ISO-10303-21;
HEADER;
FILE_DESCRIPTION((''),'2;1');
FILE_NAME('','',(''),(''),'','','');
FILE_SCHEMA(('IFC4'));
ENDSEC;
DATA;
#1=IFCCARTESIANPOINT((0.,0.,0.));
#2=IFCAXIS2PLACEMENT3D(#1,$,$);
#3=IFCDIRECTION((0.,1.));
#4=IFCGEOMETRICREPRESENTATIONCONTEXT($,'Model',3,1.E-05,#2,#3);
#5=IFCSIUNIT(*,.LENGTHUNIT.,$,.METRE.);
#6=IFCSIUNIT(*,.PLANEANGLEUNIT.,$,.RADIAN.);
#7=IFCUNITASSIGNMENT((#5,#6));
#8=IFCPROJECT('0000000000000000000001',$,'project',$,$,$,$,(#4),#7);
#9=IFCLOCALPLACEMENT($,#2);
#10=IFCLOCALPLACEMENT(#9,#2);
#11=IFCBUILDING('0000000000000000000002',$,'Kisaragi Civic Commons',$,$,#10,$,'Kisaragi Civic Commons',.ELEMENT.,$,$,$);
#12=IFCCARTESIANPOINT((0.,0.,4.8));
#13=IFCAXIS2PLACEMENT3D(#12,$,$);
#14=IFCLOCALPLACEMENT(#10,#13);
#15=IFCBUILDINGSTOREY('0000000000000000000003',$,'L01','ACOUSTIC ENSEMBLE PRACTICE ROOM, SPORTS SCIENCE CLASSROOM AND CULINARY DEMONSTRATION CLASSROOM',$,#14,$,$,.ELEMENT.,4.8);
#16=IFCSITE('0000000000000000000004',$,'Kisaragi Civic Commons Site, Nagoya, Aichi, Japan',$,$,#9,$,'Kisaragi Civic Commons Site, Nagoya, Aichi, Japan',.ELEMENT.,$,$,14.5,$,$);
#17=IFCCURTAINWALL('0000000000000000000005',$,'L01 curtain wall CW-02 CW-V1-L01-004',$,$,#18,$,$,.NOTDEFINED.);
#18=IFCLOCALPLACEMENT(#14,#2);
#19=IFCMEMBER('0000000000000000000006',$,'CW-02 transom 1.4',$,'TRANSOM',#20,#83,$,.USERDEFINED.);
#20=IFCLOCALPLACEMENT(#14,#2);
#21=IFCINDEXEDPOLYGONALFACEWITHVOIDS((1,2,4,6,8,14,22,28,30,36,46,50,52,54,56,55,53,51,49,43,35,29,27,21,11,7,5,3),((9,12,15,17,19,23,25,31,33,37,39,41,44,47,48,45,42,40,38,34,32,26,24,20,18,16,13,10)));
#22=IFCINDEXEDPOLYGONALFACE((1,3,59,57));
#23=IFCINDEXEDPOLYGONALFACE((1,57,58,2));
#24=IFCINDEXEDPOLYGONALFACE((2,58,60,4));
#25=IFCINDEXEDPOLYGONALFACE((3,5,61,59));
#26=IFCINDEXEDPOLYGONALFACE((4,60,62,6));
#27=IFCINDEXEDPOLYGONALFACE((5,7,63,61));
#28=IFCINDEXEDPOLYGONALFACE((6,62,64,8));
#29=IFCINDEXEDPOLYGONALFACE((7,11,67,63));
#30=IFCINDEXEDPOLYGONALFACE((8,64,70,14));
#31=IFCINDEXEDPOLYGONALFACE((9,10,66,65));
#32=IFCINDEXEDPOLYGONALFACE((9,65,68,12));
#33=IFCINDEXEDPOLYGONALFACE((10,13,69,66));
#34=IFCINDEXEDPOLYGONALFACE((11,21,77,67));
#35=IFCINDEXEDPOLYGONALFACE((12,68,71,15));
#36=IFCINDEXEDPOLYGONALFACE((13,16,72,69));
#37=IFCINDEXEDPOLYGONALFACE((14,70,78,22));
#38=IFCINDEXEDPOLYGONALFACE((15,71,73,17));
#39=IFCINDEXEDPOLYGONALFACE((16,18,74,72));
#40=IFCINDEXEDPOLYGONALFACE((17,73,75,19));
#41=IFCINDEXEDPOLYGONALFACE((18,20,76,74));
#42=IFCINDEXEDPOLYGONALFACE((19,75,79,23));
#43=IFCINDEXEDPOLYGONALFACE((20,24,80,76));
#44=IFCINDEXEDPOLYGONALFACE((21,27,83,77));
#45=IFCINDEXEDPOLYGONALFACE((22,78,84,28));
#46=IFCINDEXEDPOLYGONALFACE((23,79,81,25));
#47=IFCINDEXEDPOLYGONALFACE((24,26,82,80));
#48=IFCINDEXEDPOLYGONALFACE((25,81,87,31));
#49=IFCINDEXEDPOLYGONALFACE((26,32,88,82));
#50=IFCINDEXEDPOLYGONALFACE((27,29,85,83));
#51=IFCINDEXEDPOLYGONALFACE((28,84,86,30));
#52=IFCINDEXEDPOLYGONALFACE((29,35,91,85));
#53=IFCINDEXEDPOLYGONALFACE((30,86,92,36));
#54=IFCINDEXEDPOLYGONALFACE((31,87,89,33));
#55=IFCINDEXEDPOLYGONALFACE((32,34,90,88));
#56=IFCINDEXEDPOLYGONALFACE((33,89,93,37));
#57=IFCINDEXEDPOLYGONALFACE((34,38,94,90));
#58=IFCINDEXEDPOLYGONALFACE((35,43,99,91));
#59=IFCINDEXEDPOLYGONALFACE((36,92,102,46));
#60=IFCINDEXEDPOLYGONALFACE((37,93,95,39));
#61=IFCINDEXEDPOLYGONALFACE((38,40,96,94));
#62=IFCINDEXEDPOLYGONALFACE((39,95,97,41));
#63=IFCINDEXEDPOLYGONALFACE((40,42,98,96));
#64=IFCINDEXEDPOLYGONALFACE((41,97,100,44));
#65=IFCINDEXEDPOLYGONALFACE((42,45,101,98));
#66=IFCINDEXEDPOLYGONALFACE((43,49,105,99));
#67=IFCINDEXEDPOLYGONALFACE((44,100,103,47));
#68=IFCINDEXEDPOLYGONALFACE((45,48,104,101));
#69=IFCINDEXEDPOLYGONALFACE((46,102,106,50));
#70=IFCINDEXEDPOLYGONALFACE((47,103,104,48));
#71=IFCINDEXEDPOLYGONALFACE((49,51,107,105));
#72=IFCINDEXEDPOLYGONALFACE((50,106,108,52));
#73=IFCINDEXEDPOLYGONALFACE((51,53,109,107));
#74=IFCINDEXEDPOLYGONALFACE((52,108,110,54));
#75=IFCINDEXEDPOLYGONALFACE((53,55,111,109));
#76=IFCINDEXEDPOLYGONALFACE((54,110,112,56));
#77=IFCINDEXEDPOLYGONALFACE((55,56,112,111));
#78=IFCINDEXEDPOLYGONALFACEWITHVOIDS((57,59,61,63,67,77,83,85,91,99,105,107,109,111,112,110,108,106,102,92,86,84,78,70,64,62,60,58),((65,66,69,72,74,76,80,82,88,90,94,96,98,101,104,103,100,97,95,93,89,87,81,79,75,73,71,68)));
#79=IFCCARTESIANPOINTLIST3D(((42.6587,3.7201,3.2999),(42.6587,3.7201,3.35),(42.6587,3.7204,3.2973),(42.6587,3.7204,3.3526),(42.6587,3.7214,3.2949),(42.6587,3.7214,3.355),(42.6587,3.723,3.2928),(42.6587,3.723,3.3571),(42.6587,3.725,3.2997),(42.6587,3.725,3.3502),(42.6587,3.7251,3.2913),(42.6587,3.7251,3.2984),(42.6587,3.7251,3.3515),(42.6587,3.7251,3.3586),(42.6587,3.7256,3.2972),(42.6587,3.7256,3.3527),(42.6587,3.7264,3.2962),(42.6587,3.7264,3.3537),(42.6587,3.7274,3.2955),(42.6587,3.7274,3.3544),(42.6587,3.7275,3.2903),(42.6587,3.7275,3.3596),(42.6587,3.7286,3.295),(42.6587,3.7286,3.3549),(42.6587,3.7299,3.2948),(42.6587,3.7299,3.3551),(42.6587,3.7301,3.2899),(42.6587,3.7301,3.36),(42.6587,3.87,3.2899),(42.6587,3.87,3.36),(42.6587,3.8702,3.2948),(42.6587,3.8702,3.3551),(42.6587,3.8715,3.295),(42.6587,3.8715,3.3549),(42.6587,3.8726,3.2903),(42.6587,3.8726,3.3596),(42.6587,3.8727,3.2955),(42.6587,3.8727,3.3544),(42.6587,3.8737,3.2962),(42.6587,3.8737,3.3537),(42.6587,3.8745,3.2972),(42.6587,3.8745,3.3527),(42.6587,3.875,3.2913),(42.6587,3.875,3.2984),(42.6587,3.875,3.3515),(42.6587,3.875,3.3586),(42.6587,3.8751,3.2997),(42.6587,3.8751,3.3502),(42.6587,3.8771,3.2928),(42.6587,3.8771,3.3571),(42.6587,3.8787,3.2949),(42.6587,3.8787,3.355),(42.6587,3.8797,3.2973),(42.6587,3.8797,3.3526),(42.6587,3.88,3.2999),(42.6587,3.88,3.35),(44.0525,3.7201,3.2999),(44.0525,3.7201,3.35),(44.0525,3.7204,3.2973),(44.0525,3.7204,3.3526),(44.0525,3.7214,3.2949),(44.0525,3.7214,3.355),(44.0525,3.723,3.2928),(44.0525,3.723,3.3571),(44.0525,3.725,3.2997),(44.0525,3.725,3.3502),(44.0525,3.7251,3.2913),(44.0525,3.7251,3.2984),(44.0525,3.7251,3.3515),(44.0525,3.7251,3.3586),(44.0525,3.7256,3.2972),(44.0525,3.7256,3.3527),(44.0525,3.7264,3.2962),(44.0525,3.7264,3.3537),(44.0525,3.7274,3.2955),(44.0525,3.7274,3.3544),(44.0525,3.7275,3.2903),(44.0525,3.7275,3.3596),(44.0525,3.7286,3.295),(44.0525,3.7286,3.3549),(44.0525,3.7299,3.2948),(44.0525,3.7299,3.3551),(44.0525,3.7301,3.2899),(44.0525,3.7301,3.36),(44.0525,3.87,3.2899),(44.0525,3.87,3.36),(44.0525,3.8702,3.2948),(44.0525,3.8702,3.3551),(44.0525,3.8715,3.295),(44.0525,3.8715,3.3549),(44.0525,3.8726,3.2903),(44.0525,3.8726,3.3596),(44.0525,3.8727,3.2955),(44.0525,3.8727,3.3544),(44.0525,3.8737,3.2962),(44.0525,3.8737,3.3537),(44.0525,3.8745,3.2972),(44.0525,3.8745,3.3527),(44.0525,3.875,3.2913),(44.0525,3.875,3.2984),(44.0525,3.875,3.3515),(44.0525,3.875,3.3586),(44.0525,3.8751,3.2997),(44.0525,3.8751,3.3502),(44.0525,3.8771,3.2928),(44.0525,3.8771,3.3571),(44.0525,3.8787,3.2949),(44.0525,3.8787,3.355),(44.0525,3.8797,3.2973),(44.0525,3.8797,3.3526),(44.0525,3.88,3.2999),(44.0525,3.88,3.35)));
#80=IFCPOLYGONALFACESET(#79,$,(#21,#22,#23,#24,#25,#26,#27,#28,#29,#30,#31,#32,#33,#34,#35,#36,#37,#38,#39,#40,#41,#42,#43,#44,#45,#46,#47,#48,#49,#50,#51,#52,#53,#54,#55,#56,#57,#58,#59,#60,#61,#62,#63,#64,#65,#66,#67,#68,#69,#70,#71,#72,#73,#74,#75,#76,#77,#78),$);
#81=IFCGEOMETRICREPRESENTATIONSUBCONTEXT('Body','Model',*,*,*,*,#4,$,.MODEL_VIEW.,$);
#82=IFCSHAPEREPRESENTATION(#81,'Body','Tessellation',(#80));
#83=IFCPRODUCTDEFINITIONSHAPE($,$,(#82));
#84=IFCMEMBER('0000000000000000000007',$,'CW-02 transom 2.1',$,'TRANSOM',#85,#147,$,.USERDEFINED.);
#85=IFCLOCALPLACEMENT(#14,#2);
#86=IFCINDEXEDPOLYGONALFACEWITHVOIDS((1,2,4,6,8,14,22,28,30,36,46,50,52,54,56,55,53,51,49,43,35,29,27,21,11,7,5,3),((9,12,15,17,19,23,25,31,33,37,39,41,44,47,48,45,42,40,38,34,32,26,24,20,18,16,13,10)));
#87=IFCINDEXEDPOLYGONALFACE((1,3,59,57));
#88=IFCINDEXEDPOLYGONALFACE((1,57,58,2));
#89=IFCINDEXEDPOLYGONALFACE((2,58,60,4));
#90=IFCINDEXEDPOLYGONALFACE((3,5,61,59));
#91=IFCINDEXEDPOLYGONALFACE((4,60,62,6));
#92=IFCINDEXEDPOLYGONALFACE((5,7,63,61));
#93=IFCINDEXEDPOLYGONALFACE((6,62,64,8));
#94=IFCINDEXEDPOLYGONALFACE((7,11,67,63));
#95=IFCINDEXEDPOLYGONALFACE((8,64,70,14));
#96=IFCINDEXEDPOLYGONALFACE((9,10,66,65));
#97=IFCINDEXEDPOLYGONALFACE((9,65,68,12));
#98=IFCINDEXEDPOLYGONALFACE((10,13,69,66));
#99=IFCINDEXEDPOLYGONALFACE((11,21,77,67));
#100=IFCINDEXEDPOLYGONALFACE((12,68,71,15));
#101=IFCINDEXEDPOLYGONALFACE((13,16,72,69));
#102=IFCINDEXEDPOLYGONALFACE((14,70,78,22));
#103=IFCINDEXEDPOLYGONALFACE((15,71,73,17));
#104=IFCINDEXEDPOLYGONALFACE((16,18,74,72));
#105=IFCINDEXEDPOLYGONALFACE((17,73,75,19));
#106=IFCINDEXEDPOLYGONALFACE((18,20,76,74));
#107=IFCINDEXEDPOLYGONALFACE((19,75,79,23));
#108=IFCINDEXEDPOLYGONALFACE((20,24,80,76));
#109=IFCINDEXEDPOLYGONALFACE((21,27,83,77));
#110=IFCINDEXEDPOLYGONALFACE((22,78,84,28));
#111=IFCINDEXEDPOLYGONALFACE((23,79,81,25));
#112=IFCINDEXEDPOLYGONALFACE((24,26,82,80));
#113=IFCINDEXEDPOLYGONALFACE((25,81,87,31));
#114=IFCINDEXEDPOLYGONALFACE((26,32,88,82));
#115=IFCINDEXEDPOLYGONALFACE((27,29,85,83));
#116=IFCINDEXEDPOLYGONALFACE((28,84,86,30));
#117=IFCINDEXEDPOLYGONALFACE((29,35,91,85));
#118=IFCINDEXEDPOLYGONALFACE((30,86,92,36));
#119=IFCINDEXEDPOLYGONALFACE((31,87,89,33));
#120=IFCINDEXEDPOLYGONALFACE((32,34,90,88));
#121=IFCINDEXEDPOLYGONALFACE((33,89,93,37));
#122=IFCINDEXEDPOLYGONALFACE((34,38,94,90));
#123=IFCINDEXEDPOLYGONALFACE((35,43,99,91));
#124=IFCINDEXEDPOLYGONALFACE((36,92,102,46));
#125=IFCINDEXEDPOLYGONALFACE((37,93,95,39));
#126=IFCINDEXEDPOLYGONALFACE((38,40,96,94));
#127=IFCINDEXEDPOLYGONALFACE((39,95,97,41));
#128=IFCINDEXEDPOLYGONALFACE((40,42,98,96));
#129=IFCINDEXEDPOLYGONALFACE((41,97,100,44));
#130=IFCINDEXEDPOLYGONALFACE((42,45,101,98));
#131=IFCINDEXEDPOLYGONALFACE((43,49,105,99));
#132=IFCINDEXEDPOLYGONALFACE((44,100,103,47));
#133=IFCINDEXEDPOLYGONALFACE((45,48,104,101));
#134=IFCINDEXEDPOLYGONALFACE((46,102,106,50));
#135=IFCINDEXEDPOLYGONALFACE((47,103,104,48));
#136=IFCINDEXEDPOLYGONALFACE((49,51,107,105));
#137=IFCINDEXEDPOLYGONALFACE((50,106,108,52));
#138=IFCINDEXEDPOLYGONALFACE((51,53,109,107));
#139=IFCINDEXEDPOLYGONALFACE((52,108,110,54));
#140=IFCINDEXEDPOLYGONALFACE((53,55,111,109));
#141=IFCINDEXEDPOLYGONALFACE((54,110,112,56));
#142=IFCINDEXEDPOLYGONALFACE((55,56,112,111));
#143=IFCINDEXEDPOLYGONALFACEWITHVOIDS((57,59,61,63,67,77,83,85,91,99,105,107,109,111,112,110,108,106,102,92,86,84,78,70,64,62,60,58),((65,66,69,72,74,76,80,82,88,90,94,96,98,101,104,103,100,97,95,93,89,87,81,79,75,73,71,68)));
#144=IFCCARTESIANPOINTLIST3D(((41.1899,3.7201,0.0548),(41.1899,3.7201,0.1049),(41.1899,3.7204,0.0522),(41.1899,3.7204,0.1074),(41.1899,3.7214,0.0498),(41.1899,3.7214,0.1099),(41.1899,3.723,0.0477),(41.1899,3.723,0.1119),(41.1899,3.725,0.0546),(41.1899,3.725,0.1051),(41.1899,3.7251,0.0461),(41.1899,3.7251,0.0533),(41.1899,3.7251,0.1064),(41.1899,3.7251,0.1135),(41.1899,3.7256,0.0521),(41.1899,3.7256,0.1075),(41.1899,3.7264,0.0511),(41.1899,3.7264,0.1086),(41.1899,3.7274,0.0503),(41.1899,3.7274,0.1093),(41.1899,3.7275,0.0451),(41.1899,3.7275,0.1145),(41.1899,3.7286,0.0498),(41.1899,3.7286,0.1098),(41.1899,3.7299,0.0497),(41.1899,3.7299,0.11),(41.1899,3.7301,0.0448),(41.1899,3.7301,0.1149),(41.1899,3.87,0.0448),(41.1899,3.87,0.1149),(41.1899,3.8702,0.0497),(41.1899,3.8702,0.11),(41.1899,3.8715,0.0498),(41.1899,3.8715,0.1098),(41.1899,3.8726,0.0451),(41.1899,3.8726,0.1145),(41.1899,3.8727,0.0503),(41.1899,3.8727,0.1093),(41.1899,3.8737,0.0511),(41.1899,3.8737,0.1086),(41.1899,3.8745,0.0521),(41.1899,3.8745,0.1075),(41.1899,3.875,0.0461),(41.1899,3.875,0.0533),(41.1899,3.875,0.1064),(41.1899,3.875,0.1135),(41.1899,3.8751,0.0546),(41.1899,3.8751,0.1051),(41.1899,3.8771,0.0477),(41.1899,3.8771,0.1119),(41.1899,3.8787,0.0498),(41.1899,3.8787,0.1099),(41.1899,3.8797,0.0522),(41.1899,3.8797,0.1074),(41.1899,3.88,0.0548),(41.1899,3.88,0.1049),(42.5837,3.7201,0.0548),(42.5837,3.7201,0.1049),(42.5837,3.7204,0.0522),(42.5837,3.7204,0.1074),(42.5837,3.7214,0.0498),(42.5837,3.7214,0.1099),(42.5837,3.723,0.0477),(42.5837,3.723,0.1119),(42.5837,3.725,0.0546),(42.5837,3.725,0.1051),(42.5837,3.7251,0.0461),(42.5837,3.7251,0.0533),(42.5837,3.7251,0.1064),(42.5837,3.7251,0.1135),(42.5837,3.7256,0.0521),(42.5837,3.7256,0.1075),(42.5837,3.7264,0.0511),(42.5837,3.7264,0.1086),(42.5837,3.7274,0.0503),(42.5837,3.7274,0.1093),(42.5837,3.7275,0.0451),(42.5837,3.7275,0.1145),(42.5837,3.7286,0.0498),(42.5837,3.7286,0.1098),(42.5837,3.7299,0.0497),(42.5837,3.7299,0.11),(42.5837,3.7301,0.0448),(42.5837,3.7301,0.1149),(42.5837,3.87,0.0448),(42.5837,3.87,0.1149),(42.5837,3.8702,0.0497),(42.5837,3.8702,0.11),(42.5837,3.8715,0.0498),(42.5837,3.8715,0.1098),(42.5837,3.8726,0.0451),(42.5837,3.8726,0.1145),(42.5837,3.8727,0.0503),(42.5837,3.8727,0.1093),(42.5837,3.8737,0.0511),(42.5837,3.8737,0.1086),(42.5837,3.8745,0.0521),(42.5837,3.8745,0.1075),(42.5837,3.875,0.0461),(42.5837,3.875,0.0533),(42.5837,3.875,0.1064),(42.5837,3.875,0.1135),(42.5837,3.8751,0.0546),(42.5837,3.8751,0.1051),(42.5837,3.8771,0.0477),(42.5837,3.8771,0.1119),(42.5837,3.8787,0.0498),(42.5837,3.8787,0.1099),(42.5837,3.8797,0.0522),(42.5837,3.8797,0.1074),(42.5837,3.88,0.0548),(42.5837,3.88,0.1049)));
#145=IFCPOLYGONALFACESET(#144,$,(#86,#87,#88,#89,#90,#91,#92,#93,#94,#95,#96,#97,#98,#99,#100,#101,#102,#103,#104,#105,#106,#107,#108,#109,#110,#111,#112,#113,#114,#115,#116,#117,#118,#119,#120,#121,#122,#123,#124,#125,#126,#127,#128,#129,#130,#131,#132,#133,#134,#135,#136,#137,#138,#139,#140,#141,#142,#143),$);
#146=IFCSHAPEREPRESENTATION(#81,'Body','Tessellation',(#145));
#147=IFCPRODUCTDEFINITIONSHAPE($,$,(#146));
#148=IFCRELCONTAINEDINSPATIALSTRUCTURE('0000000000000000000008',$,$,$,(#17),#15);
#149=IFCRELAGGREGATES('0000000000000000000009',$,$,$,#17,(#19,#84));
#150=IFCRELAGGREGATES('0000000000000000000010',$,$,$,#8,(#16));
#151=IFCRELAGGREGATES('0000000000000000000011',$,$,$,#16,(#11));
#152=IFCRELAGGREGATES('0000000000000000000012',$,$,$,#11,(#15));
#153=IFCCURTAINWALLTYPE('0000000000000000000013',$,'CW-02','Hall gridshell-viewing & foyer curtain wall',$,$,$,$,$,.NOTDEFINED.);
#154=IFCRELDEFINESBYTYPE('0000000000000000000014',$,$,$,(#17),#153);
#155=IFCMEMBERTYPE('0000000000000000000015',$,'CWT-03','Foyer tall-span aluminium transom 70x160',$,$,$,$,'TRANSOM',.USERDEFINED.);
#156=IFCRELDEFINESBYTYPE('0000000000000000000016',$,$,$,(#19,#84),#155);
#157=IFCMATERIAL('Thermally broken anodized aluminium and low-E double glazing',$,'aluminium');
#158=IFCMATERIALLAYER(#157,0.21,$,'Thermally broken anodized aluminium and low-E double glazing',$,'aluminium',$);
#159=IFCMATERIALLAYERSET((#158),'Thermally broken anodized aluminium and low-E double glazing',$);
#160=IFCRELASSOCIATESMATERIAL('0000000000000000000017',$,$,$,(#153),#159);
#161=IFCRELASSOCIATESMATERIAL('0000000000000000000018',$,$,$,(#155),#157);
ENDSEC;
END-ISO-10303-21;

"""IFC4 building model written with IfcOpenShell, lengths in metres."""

from ifc_helpers import new_model, si_unit, direction, frame, origin, origin_2d, place, context, subcontext, project, spatial, hollow_rectangle, extrude, material, layer, layer_set, material_profile, profile_set, type_object, element, aggregate, save


model = new_model("IFC4")

# Units and contexts
model_context = context("Model", 3, precision=1e-05, world=origin(), true_north=direction((0.0, 1.0)))
body_context = subcontext(model_context, "Body", "Model", "MODEL_VIEW")
ifc_project = project(units=[si_unit("LENGTHUNIT", "METRE"), si_unit("PLANEANGLEUNIT", "RADIAN")], contexts=[model_context])

# Site, building, storey
site_placement = place(None, origin())
site = spatial("IfcSite", under=ifc_project, at=site_placement, Name="Kisaragi Civic Commons Site, Nagoya, Aichi, Japan", LongName="Kisaragi Civic Commons Site, Nagoya, Aichi, Japan", CompositionType="ELEMENT", RefElevation=14.5)
building_placement = place(site_placement, origin())
building = spatial("IfcBuilding", under=site, at=building_placement, Name="Kisaragi Civic Commons", LongName="Kisaragi Civic Commons", CompositionType="ELEMENT")
storey_placement = place(building_placement, frame((0.0, 0.0, 4.8)))
storey = spatial("IfcBuildingStorey", under=building, at=storey_placement, Name="L01", Description="ACOUSTIC ENSEMBLE PRACTICE ROOM, SPORTS SCIENCE CLASSROOM AND CULINARY DEMONSTRATION CLASSROOM", CompositionType="ELEMENT", Elevation=4.8)

# Shared definitions
ifc_material_1 = material(Name="Thermally broken anodized aluminium and low-E double glazing", Category="aluminium")
ifc_layer_1 = layer(ifc_material_1, 0.21, Name="Thermally broken anodized aluminium and low-E double glazing", Category="aluminium")
ifc_layer_set_1 = layer_set([ifc_layer_1], Name="Thermally broken anodized aluminium and low-E double glazing")
curtain_wall_type = type_object("IfcCurtainWallType", Name="CW-02", Description="Hall gridshell-viewing & foyer curtain wall", PredefinedType="NOTDEFINED", material=ifc_layer_set_1)

# Curtain wall, members
curtain_wall_1_placement = place(storey_placement, origin())
curtain_wall_1 = element("IfcCurtainWall", 1, at=curtain_wall_1_placement, inside=storey, type_object=curtain_wall_type, Name="L01 curtain wall CW-02 CW-V1-L01-004", PredefinedType="NOTDEFINED")
ifc_material_profile_1 = material_profile(ifc_material_1, hollow_rectangle(XDim=0.1599, YDim=0.0701, WallThickness=0.0049, InnerFilletRadius=0.0049, OuterFilletRadius=0.01, at=origin_2d()), Name="CWT-70x160x5", Category="aluminium")
ifc_profile_set_1 = profile_set([ifc_material_profile_1], Name="Thermally broken anodized aluminium and low-E double glazing")
member_type_1 = type_object("IfcMemberType", Name="CWT-03", Description="Foyer tall-span aluminium transom 70x160", ElementType="TRANSOM", PredefinedType="USERDEFINED", material=ifc_profile_set_1)
member_1_placement = place(storey_placement, frame((44.0525, 3.8, 3.325), z_axis=(-1.0, 0.0, 0.0), x_axis=(0.0, -1.0, 0.0)))
member_1 = element("IfcMember", 2, at=member_1_placement, type_object=member_type_1, Name="CW-02 transom 1.4", ObjectType="TRANSOM", PredefinedType="USERDEFINED", context=body_context, shape_type="SweptSolid", body=[
    extrude(hollow_rectangle(XDim=0.1599, YDim=0.0701, WallThickness=0.0049, InnerFilletRadius=0.0049, OuterFilletRadius=0.01, at=origin_2d()), origin(), (0.0, 0.0, 1.0), 1.3938),
])
member_2_placement = place(storey_placement, frame((42.5837, 3.8, 0.0798), z_axis=(-1.0, 0.0, 0.0), x_axis=(0.0, -1.0, 0.0)))
member_2 = element("IfcMember", 3, at=member_2_placement, type_object=member_type_1, Name="CW-02 transom 2.1", ObjectType="TRANSOM", PredefinedType="USERDEFINED", context=body_context, shape_type="SweptSolid", body=[
    extrude(hollow_rectangle(XDim=0.1599, YDim=0.0701, WallThickness=0.0049, InnerFilletRadius=0.0049, OuterFilletRadius=0.01, at=origin_2d()), origin(), (0.0, 0.0, 1.0), 1.3938),
])

aggregate(curtain_wall_1, [member_1, member_2])

save(model, "model.ifc")
